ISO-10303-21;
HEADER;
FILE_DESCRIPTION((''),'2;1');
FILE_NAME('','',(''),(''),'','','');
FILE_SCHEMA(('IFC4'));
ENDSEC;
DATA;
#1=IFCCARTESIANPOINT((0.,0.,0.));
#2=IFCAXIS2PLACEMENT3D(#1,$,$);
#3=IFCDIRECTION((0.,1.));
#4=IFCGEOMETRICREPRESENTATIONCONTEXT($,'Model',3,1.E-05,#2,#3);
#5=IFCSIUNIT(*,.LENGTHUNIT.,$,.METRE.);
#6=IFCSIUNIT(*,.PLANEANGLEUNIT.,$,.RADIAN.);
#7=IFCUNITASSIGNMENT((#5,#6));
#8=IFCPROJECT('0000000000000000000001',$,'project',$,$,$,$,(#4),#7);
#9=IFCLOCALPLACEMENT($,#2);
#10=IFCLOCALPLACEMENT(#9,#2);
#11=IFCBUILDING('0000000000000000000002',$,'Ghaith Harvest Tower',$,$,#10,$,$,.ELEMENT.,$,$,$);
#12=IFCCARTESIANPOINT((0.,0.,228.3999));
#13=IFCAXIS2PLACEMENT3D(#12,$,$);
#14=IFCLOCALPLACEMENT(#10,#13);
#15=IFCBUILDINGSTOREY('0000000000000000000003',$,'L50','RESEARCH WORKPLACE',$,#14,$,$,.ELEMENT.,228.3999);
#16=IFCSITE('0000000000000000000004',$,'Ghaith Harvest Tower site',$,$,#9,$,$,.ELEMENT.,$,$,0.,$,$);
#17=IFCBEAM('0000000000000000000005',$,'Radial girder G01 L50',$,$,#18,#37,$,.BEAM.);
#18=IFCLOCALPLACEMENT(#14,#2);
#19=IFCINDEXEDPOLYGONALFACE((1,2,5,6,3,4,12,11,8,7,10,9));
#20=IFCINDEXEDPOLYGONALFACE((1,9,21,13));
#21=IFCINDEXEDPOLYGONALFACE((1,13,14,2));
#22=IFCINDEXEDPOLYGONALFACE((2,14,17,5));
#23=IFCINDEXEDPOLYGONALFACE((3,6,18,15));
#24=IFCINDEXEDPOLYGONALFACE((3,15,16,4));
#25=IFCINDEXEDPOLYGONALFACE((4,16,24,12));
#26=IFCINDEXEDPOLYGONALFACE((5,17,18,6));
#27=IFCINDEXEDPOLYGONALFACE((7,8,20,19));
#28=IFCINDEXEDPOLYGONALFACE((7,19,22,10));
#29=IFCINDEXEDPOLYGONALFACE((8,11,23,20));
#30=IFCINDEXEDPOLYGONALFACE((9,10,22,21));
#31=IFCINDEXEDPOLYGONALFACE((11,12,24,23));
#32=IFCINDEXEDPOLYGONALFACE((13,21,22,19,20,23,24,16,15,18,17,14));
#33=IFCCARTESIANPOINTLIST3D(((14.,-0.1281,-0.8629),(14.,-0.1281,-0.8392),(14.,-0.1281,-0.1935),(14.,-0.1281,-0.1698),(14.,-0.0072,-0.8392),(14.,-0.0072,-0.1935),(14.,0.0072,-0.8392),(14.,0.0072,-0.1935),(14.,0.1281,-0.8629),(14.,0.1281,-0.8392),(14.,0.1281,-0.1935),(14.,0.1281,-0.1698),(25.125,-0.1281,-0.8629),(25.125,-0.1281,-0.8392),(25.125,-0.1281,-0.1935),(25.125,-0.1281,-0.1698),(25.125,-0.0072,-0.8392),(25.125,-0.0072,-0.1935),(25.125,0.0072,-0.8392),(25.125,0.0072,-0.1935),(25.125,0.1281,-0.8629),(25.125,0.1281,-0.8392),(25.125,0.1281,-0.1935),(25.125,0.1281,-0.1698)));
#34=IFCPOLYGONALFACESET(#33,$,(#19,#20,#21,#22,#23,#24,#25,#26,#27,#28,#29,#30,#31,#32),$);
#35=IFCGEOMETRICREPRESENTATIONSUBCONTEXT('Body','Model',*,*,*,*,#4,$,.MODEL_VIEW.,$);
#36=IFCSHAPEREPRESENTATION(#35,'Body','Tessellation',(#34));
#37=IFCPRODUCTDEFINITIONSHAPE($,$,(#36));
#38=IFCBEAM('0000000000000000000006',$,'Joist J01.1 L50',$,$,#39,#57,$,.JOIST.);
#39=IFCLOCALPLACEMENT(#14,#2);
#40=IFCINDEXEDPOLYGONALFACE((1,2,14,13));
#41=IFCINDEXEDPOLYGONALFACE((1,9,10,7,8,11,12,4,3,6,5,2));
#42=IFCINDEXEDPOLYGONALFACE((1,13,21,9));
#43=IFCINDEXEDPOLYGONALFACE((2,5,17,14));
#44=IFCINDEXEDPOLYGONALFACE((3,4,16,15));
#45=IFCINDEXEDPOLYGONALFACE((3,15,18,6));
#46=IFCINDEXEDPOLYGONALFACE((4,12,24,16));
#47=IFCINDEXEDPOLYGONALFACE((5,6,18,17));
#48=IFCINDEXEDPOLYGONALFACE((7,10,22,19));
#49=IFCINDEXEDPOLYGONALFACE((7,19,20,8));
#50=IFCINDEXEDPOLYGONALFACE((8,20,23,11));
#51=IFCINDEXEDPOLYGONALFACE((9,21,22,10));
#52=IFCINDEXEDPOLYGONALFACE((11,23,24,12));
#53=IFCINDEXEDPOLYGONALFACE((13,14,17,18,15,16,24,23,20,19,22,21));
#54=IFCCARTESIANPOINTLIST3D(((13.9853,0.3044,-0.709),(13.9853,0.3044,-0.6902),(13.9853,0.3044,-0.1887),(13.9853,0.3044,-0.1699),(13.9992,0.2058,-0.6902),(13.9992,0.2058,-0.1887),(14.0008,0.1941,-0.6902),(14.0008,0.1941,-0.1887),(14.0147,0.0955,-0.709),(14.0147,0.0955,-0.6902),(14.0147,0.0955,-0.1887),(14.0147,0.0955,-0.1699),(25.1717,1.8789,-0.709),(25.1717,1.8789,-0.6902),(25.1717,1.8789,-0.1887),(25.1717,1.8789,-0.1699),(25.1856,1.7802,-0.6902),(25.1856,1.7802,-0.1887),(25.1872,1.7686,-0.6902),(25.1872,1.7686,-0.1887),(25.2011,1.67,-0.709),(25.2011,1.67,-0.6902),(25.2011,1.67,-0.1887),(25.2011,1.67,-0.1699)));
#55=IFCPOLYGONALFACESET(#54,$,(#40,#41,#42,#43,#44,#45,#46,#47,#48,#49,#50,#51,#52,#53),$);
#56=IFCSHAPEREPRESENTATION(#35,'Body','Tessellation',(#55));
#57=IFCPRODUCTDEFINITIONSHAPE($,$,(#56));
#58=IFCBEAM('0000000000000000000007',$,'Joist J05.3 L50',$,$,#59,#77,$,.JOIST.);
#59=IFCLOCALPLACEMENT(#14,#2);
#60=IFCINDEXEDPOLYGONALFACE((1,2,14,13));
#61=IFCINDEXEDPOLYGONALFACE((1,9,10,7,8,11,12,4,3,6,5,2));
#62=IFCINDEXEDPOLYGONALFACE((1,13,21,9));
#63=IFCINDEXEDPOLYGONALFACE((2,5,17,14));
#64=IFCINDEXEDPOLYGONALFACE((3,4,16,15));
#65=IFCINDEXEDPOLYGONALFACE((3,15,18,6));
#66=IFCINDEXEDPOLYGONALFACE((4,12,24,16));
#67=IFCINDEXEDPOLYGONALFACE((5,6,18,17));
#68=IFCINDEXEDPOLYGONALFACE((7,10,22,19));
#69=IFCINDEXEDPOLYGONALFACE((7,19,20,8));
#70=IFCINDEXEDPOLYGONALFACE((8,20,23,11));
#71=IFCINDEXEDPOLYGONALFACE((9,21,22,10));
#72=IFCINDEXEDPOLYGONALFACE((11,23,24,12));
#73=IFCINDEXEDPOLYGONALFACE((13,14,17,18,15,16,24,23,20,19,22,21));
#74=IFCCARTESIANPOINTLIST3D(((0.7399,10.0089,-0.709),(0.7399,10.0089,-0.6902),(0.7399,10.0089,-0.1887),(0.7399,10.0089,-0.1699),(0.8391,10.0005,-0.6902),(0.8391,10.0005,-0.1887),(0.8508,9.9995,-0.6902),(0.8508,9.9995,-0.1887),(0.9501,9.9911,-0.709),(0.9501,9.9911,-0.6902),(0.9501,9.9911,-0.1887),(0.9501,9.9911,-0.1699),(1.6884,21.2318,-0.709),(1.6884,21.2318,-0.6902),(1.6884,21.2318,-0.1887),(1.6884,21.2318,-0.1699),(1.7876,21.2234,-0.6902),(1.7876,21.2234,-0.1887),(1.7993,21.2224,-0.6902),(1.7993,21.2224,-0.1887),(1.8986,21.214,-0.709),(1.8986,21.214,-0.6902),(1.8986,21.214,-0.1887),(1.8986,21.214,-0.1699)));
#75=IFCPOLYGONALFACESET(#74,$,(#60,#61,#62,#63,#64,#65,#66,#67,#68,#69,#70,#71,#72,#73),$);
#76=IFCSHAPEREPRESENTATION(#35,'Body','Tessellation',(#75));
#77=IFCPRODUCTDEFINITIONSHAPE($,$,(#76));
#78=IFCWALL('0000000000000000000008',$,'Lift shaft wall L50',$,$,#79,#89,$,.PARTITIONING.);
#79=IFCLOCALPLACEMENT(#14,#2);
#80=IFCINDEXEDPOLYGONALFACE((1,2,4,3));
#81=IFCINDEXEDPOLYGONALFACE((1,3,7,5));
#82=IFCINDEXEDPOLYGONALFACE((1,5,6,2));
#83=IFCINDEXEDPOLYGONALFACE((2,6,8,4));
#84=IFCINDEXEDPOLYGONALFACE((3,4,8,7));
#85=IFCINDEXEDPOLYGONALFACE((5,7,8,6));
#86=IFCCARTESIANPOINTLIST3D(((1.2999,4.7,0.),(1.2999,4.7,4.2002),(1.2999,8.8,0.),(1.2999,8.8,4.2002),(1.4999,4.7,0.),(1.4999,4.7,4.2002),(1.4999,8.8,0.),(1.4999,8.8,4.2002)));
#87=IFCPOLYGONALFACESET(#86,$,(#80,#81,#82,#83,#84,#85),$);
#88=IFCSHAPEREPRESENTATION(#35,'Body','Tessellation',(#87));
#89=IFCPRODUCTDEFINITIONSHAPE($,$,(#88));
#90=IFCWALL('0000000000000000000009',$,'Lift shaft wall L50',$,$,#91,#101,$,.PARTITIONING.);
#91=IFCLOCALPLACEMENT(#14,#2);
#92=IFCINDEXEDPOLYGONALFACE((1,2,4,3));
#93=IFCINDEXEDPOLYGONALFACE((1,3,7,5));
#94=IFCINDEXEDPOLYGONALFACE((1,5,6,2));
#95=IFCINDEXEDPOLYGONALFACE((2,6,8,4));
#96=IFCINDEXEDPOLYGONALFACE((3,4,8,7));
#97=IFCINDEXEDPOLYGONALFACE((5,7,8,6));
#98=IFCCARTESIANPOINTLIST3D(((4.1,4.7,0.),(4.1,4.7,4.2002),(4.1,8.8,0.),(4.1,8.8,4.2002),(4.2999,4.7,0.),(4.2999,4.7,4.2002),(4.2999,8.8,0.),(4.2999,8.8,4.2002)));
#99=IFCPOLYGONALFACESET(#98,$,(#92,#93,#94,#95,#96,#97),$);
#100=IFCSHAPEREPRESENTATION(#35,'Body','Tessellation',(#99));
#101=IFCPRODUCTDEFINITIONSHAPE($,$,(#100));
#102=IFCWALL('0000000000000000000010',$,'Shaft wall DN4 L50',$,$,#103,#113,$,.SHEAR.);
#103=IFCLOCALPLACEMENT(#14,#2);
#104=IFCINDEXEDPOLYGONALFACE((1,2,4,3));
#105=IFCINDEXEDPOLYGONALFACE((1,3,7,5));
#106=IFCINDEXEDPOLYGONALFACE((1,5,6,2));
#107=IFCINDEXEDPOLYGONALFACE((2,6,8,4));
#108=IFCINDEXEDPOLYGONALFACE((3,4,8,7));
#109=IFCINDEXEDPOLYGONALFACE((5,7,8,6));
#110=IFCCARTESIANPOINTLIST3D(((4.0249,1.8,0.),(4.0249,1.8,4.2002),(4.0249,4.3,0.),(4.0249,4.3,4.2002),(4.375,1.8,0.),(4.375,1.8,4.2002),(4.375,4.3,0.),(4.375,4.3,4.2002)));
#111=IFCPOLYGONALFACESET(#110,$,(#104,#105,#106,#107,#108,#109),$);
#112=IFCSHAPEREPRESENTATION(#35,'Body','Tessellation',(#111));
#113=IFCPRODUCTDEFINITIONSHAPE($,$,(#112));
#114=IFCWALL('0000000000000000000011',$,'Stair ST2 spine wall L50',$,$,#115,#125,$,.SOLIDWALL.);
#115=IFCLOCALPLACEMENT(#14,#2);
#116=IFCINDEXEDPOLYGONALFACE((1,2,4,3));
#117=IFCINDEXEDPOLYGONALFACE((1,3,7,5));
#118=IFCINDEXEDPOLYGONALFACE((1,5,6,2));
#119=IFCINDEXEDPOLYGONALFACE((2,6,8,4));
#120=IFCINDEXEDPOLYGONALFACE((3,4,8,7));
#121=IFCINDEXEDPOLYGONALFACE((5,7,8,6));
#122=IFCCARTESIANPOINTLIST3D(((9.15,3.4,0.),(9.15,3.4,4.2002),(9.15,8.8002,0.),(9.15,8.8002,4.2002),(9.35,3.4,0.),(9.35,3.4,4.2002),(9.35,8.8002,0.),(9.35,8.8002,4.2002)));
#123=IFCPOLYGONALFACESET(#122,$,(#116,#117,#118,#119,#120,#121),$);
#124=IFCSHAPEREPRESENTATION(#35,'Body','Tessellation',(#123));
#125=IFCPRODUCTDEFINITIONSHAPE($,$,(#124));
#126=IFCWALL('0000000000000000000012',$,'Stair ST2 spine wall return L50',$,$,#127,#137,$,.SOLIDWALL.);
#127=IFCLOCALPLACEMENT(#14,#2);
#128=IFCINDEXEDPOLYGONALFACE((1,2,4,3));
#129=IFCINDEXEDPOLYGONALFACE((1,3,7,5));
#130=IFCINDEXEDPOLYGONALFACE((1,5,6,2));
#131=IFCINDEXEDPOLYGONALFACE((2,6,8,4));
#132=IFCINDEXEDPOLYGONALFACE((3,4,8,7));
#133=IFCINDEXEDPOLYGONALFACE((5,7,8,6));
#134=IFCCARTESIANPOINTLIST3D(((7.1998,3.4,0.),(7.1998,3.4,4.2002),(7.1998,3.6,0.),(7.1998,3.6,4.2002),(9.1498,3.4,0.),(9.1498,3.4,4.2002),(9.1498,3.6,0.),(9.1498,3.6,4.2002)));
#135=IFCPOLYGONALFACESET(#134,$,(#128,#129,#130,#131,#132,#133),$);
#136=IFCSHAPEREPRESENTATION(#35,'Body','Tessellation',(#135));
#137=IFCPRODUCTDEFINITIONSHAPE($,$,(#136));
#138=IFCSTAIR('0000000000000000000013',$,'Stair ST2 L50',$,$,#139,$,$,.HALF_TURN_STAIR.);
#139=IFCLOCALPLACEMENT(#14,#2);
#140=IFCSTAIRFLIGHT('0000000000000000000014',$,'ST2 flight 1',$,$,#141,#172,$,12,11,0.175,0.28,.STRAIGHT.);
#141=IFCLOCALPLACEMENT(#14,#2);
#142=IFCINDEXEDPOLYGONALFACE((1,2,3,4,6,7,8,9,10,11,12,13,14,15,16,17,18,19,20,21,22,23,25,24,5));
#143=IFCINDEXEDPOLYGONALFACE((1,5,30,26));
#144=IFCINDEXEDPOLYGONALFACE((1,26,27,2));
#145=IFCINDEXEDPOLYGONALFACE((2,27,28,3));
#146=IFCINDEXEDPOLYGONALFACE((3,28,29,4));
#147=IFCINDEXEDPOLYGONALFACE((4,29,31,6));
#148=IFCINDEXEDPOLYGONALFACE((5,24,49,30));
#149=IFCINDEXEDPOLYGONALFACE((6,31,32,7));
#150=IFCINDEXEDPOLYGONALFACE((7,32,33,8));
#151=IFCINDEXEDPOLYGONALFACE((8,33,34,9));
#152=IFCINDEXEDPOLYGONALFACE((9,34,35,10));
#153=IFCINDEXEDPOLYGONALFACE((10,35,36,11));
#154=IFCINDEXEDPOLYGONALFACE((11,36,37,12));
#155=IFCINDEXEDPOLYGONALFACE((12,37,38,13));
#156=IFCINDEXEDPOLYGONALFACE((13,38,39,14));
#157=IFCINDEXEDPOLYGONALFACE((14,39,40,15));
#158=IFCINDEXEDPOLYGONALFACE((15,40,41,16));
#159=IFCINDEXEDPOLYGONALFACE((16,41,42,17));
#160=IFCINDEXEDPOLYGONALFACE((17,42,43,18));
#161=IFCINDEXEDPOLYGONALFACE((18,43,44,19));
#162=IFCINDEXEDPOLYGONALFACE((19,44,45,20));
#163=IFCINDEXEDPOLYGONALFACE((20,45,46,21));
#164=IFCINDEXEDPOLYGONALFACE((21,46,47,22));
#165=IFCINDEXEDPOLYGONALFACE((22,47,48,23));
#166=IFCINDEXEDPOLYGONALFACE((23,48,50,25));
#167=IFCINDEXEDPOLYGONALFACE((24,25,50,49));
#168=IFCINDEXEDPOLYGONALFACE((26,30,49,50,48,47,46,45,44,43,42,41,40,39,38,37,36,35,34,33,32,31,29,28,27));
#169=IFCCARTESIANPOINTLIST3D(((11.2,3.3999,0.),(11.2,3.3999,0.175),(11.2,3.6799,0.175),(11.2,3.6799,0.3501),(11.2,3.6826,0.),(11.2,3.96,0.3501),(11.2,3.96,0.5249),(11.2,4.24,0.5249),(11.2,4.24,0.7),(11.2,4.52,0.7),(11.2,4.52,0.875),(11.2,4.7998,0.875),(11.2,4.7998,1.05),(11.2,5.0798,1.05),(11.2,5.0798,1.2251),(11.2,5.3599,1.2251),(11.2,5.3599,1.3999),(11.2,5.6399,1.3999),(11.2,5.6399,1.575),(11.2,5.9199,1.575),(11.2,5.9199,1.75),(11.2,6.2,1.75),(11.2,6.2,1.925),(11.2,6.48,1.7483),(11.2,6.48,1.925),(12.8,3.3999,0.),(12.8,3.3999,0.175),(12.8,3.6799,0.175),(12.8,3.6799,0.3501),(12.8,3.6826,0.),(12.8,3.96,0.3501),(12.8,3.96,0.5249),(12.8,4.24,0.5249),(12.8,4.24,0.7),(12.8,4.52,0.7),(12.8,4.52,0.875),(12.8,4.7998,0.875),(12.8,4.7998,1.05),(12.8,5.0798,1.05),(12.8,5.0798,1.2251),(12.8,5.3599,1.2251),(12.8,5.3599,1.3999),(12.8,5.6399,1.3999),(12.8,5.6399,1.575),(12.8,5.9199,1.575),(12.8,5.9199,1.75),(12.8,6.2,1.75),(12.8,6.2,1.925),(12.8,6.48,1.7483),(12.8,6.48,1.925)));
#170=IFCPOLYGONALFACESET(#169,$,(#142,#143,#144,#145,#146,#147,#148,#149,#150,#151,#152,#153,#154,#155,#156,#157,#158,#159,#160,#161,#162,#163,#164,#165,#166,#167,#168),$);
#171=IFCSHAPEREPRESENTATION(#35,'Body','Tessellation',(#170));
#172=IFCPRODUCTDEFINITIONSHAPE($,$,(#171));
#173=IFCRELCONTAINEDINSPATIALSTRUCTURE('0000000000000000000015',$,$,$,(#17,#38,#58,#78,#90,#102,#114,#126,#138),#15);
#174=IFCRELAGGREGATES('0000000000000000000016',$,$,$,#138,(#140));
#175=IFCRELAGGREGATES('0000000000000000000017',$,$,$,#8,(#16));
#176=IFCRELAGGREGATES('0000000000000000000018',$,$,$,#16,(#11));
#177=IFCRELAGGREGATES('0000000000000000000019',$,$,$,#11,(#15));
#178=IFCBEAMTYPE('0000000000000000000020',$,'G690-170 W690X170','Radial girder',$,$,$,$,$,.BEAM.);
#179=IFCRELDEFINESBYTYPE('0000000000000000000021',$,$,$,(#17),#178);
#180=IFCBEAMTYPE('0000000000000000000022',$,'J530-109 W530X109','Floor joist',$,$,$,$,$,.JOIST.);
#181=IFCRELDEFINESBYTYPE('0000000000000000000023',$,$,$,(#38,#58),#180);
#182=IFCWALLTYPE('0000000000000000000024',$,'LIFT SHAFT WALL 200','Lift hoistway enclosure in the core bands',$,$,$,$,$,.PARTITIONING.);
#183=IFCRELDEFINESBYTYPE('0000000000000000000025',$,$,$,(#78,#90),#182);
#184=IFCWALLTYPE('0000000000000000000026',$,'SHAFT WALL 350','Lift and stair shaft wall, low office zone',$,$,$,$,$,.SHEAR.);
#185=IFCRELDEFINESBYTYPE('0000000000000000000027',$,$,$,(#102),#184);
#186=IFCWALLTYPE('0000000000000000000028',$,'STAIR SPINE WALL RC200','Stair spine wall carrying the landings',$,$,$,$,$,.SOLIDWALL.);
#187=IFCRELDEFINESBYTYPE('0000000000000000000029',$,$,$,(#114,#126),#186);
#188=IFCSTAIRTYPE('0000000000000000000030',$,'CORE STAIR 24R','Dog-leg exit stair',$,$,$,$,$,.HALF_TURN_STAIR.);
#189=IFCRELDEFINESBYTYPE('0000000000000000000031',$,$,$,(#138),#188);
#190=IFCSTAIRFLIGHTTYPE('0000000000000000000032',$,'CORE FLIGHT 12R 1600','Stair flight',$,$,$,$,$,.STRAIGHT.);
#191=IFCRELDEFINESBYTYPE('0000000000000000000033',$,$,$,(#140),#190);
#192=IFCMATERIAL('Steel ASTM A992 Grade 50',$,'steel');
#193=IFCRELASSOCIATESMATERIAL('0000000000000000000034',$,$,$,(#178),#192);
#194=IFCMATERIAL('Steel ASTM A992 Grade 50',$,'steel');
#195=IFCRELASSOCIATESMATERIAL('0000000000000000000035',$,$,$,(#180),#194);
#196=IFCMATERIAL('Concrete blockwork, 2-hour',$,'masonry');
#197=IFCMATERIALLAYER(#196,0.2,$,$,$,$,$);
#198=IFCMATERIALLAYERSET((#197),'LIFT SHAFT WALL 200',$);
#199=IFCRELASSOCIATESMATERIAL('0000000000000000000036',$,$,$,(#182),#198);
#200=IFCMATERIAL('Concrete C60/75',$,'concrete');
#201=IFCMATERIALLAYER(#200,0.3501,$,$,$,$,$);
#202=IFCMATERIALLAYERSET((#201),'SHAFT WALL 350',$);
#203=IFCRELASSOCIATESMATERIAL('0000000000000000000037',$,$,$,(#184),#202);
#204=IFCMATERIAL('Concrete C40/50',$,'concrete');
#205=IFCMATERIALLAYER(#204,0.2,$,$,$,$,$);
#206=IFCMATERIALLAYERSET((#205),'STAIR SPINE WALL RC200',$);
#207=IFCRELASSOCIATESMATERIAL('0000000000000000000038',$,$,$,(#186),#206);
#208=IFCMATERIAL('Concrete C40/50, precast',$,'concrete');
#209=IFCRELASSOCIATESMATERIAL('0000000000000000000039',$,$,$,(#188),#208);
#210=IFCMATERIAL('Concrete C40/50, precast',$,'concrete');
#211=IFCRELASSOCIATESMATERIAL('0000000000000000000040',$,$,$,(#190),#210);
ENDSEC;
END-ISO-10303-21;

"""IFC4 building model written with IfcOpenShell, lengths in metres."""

from ifc_helpers import new_model, si_unit, direction, frame, frame_2d, origin, origin_2d, place, context, subcontext, project, spatial, polyline, rectangle, i_section, outline, extrude, material, layer, layer_set, material_profile, profile_set, type_object, element, aggregate, save


model = new_model("IFC4")

# Units and contexts
model_context = context("Model", 3, precision=1e-05, world=origin(), true_north=direction((0.0, 1.0)))
body_context = subcontext(model_context, "Body", "Model", "MODEL_VIEW")
ifc_project = project(units=[si_unit("LENGTHUNIT", "METRE"), si_unit("PLANEANGLEUNIT", "RADIAN")], contexts=[model_context])

# Site, building, storey
site_placement = place(None, origin())
site = spatial("IfcSite", under=ifc_project, at=site_placement, Name="Ghaith Harvest Tower site", CompositionType="ELEMENT", RefElevation=0.0)
building_placement = place(site_placement, origin())
building = spatial("IfcBuilding", under=site, at=building_placement, Name="Ghaith Harvest Tower", CompositionType="ELEMENT")
storey_placement = place(building_placement, frame((0.0, 0.0, 228.3999)))
storey = spatial("IfcBuildingStorey", under=building, at=storey_placement, Name="L50", Description="RESEARCH WORKPLACE", CompositionType="ELEMENT", Elevation=228.3999)

# Beams
ifc_material_1 = material(Name="Steel ASTM A992 Grade 50", Category="steel")
ifc_material_profile_1 = material_profile(ifc_material_1, i_section(OverallWidth=0.2561, OverallDepth=0.6931, WebThickness=0.0144, FlangeThickness=0.0237, at=origin_2d()), Name="W690X170")
ifc_profile_set_1 = profile_set([ifc_material_profile_1], Name="Steel ASTM A992 Grade 50")
beam_type_1 = type_object("IfcBeamType", Name="G690-170 W690X170", Description="Radial girder", PredefinedType="BEAM", material=ifc_profile_set_1)
beam_1_placement = place(storey_placement, frame((14.0, 0.0, -0.5164), z_axis=(1.0, 0.0, 0.0), x_axis=(0.0, 1.0, 0.0)))
element("IfcBeam", 1, at=beam_1_placement, inside=storey, type_object=beam_type_1, Name="Radial girder G01 L50", PredefinedType="BEAM", context=body_context, shape_type="SweptSolid", body=[
    extrude(i_section(OverallWidth=0.2561, OverallDepth=0.6931, WebThickness=0.0144, FlangeThickness=0.0237, at=origin_2d()), origin(), (0.0, 0.0, 1.0), 11.125),
])
ifc_material_2 = material(Name="Steel ASTM A992 Grade 50", Category="steel")
ifc_material_profile_2 = material_profile(ifc_material_2, i_section(OverallWidth=0.2109, OverallDepth=0.5391, WebThickness=0.0117, FlangeThickness=0.0188, at=origin_2d()), Name="W530X109")
ifc_profile_set_2 = profile_set([ifc_material_profile_2], Name="Steel ASTM A992 Grade 50")
beam_type_2 = type_object("IfcBeamType", Name="J530-109 W530X109", Description="Floor joist", PredefinedType="JOIST", material=ifc_profile_set_2)
beam_2_placement = place(storey_placement, frame((14.0, 0.2, -0.4395), z_axis=(0.99024, 0.139376, 0.0), x_axis=(-0.139376, 0.99024, 0.0)))
element("IfcBeam", 2, at=beam_2_placement, inside=storey, type_object=beam_type_2, Name="Joist J01.1 L50", PredefinedType="JOIST", context=body_context, shape_type="SweptSolid", body=[
    extrude(i_section(OverallWidth=0.2109, OverallDepth=0.5391, WebThickness=0.0117, FlangeThickness=0.0188, at=origin_2d()), origin(), (0.0, 0.0, 1.0), 11.2966),
])
beam_3_placement = place(storey_placement, frame((0.845, 10.0, -0.4395), z_axis=(0.084213, 0.996448, 0.0), x_axis=(-0.996448, 0.084213, 0.0)))
element("IfcBeam", 3, at=beam_3_placement, inside=storey, type_object=beam_type_2, Name="Joist J05.3 L50", PredefinedType="JOIST", context=body_context, shape_type="SweptSolid", body=[
    extrude(i_section(OverallWidth=0.2109, OverallDepth=0.5391, WebThickness=0.0117, FlangeThickness=0.0188, at=origin_2d()), origin(), (0.0, 0.0, 1.0), 11.2629),
])

# Walls
ifc_material_3 = material(Name="Concrete blockwork, 2-hour", Category="masonry")
ifc_layer_1 = layer(ifc_material_3, 0.2)
ifc_layer_set_1 = layer_set([ifc_layer_1], Name="LIFT SHAFT WALL 200")
wall_type_1 = type_object("IfcWallType", Name="LIFT SHAFT WALL 200", Description="Lift hoistway enclosure in the core bands", PredefinedType="PARTITIONING", material=ifc_layer_set_1)
for number, where, z_axis, x_axis, name in (
    (4, (1.3999, 4.7, 0.0), (0.0, 0.0, 1.0), (0.0, 1.0, 0.0), "Lift shaft wall L50"),
    (5, (4.2, 4.7, 0.0), (0.0, 0.0, 1.0), (0.0, 1.0, 0.0), "Lift shaft wall L50"),
):
    element("IfcWall", number, at=place(storey_placement, frame(where, z_axis=z_axis, x_axis=x_axis)), inside=storey, type_object=wall_type_1, Name=name, PredefinedType="PARTITIONING", context=body_context, shape_type="SweptSolid", body=[
        extrude(rectangle(XDim=4.1001, YDim=0.2, at=frame_2d((2.05, 0.0))), origin(), (0.0, 0.0, 1.0), 4.2002),
    ])

# Shared definitions
ifc_material_4 = material(Name="Concrete C60/75", Category="concrete")
ifc_layer_2 = layer(ifc_material_4, 0.3501)
ifc_layer_set_2 = layer_set([ifc_layer_2], Name="SHAFT WALL 350")
wall_type_2 = type_object("IfcWallType", Name="SHAFT WALL 350", Description="Lift and stair shaft wall, low office zone", PredefinedType="SHEAR", material=ifc_layer_set_2)

# Walls
wall_1_placement = place(storey_placement, frame((4.2, 1.8, 0.0), z_axis=(0.0, 0.0, 1.0), x_axis=(0.0, 1.0, 0.0)))
element("IfcWall", 6, at=wall_1_placement, inside=storey, type_object=wall_type_2, Name="Shaft wall DN4 L50", PredefinedType="SHEAR", context=body_context, shape_type="SweptSolid", body=[
    extrude(rectangle(XDim=2.5, YDim=0.3501, at=frame_2d((1.25, 0.0))), origin(), (0.0, 0.0, 1.0), 4.2002),
])
ifc_material_5 = material(Name="Concrete C40/50", Category="concrete")
ifc_layer_3 = layer(ifc_material_5, 0.2)
ifc_layer_set_3 = layer_set([ifc_layer_3], Name="STAIR SPINE WALL RC200")
wall_type_3 = type_object("IfcWallType", Name="STAIR SPINE WALL RC200", Description="Stair spine wall carrying the landings", PredefinedType="SOLIDWALL", material=ifc_layer_set_3)
wall_2_placement = place(storey_placement, frame((9.25, 3.3999, 0.0), z_axis=(0.0, 0.0, 1.0), x_axis=(0.0, 1.0, 0.0)))
element("IfcWall", 7, at=wall_2_placement, inside=storey, type_object=wall_type_3, Name="Stair ST2 spine wall L50", PredefinedType="SOLIDWALL", context=body_context, shape_type="SweptSolid", body=[
    extrude(rectangle(XDim=5.4001, YDim=0.2, at=frame_2d((2.7002, 0.0))), origin(), (0.0, 0.0, 1.0), 4.2002),
])
wall_3_placement = place(storey_placement, frame((9.1499, 3.5, 0.0), z_axis=(0.0, 0.0, 1.0), x_axis=(-1.0, 0.0, 0.0)))
element("IfcWall", 8, at=wall_3_placement, inside=storey, type_object=wall_type_3, Name="Stair ST2 spine wall return L50", PredefinedType="SOLIDWALL", context=body_context, shape_type="SweptSolid", body=[
    extrude(rectangle(XDim=1.95, YDim=0.2, at=frame_2d((0.9751, 0.0))), origin(), (0.0, 0.0, 1.0), 4.2002),
])

# Stair, stair flight
ifc_material_6 = material(Name="Concrete C40/50, precast", Category="concrete")
stair_type = type_object("IfcStairType", Name="CORE STAIR 24R", Description="Dog-leg exit stair", PredefinedType="HALF_TURN_STAIR", material=ifc_material_6)
stair_placement = place(storey_placement, origin())
stair = element("IfcStair", 9, at=stair_placement, inside=storey, type_object=stair_type, Name="Stair ST2 L50", PredefinedType="HALF_TURN_STAIR")
ifc_material_7 = material(Name="Concrete C40/50, precast", Category="concrete")
stair_flight_type = type_object("IfcStairFlightType", Name="CORE FLIGHT 12R 1600", Description="Stair flight", PredefinedType="STRAIGHT", material=ifc_material_7)
stair_flight_1_placement = place(storey_placement, frame((12.0, 3.3999, 0.0), z_axis=(0.0, 0.0, 1.0), x_axis=(0.0, 1.0, 0.0)))
stair_flight_1 = element("IfcStairFlight", 10, at=stair_flight_1_placement, type_object=stair_flight_type, Name="ST2 flight 1", NumberOfRisers=12, NumberOfTreads=11, PredefinedType="STRAIGHT", RiserHeight=0.175, TreadLength=0.28, context=body_context, shape_type="SweptSolid", body=[
    extrude(outline(polyline([(0.0, 0.0), (0.0, 0.175), (0.28, 0.175), (0.28, 0.3501), (0.5601, 0.3501), (0.5601, 0.5249), (0.8401, 0.5249), (0.8401, 0.7), (1.1201, 0.7), (1.1201, 0.875), (1.3999, 0.875), (1.3999, 1.05), (1.6799, 1.05), (1.6799, 1.2251), (1.96, 1.2251), (1.96, 1.3999), (2.24, 1.3999), (2.24, 1.575), (2.52, 1.575), (2.52, 1.75), (2.8, 1.75), (2.8, 1.925), (3.0801, 1.925), (3.0801, 2.1001), (3.0801, 1.7483), (0.2827, 0.0), (0.0, 0.0)])), frame((0.0, 0.8, 0.0), z_axis=(0.0, -1.0, 0.0), x_axis=(1.0, 0.0, 0.0)), (0.0, 0.0, 1.0), 1.6001),
])
aggregate(stair, [stair_flight_1])

save(model, "model.ifc")
